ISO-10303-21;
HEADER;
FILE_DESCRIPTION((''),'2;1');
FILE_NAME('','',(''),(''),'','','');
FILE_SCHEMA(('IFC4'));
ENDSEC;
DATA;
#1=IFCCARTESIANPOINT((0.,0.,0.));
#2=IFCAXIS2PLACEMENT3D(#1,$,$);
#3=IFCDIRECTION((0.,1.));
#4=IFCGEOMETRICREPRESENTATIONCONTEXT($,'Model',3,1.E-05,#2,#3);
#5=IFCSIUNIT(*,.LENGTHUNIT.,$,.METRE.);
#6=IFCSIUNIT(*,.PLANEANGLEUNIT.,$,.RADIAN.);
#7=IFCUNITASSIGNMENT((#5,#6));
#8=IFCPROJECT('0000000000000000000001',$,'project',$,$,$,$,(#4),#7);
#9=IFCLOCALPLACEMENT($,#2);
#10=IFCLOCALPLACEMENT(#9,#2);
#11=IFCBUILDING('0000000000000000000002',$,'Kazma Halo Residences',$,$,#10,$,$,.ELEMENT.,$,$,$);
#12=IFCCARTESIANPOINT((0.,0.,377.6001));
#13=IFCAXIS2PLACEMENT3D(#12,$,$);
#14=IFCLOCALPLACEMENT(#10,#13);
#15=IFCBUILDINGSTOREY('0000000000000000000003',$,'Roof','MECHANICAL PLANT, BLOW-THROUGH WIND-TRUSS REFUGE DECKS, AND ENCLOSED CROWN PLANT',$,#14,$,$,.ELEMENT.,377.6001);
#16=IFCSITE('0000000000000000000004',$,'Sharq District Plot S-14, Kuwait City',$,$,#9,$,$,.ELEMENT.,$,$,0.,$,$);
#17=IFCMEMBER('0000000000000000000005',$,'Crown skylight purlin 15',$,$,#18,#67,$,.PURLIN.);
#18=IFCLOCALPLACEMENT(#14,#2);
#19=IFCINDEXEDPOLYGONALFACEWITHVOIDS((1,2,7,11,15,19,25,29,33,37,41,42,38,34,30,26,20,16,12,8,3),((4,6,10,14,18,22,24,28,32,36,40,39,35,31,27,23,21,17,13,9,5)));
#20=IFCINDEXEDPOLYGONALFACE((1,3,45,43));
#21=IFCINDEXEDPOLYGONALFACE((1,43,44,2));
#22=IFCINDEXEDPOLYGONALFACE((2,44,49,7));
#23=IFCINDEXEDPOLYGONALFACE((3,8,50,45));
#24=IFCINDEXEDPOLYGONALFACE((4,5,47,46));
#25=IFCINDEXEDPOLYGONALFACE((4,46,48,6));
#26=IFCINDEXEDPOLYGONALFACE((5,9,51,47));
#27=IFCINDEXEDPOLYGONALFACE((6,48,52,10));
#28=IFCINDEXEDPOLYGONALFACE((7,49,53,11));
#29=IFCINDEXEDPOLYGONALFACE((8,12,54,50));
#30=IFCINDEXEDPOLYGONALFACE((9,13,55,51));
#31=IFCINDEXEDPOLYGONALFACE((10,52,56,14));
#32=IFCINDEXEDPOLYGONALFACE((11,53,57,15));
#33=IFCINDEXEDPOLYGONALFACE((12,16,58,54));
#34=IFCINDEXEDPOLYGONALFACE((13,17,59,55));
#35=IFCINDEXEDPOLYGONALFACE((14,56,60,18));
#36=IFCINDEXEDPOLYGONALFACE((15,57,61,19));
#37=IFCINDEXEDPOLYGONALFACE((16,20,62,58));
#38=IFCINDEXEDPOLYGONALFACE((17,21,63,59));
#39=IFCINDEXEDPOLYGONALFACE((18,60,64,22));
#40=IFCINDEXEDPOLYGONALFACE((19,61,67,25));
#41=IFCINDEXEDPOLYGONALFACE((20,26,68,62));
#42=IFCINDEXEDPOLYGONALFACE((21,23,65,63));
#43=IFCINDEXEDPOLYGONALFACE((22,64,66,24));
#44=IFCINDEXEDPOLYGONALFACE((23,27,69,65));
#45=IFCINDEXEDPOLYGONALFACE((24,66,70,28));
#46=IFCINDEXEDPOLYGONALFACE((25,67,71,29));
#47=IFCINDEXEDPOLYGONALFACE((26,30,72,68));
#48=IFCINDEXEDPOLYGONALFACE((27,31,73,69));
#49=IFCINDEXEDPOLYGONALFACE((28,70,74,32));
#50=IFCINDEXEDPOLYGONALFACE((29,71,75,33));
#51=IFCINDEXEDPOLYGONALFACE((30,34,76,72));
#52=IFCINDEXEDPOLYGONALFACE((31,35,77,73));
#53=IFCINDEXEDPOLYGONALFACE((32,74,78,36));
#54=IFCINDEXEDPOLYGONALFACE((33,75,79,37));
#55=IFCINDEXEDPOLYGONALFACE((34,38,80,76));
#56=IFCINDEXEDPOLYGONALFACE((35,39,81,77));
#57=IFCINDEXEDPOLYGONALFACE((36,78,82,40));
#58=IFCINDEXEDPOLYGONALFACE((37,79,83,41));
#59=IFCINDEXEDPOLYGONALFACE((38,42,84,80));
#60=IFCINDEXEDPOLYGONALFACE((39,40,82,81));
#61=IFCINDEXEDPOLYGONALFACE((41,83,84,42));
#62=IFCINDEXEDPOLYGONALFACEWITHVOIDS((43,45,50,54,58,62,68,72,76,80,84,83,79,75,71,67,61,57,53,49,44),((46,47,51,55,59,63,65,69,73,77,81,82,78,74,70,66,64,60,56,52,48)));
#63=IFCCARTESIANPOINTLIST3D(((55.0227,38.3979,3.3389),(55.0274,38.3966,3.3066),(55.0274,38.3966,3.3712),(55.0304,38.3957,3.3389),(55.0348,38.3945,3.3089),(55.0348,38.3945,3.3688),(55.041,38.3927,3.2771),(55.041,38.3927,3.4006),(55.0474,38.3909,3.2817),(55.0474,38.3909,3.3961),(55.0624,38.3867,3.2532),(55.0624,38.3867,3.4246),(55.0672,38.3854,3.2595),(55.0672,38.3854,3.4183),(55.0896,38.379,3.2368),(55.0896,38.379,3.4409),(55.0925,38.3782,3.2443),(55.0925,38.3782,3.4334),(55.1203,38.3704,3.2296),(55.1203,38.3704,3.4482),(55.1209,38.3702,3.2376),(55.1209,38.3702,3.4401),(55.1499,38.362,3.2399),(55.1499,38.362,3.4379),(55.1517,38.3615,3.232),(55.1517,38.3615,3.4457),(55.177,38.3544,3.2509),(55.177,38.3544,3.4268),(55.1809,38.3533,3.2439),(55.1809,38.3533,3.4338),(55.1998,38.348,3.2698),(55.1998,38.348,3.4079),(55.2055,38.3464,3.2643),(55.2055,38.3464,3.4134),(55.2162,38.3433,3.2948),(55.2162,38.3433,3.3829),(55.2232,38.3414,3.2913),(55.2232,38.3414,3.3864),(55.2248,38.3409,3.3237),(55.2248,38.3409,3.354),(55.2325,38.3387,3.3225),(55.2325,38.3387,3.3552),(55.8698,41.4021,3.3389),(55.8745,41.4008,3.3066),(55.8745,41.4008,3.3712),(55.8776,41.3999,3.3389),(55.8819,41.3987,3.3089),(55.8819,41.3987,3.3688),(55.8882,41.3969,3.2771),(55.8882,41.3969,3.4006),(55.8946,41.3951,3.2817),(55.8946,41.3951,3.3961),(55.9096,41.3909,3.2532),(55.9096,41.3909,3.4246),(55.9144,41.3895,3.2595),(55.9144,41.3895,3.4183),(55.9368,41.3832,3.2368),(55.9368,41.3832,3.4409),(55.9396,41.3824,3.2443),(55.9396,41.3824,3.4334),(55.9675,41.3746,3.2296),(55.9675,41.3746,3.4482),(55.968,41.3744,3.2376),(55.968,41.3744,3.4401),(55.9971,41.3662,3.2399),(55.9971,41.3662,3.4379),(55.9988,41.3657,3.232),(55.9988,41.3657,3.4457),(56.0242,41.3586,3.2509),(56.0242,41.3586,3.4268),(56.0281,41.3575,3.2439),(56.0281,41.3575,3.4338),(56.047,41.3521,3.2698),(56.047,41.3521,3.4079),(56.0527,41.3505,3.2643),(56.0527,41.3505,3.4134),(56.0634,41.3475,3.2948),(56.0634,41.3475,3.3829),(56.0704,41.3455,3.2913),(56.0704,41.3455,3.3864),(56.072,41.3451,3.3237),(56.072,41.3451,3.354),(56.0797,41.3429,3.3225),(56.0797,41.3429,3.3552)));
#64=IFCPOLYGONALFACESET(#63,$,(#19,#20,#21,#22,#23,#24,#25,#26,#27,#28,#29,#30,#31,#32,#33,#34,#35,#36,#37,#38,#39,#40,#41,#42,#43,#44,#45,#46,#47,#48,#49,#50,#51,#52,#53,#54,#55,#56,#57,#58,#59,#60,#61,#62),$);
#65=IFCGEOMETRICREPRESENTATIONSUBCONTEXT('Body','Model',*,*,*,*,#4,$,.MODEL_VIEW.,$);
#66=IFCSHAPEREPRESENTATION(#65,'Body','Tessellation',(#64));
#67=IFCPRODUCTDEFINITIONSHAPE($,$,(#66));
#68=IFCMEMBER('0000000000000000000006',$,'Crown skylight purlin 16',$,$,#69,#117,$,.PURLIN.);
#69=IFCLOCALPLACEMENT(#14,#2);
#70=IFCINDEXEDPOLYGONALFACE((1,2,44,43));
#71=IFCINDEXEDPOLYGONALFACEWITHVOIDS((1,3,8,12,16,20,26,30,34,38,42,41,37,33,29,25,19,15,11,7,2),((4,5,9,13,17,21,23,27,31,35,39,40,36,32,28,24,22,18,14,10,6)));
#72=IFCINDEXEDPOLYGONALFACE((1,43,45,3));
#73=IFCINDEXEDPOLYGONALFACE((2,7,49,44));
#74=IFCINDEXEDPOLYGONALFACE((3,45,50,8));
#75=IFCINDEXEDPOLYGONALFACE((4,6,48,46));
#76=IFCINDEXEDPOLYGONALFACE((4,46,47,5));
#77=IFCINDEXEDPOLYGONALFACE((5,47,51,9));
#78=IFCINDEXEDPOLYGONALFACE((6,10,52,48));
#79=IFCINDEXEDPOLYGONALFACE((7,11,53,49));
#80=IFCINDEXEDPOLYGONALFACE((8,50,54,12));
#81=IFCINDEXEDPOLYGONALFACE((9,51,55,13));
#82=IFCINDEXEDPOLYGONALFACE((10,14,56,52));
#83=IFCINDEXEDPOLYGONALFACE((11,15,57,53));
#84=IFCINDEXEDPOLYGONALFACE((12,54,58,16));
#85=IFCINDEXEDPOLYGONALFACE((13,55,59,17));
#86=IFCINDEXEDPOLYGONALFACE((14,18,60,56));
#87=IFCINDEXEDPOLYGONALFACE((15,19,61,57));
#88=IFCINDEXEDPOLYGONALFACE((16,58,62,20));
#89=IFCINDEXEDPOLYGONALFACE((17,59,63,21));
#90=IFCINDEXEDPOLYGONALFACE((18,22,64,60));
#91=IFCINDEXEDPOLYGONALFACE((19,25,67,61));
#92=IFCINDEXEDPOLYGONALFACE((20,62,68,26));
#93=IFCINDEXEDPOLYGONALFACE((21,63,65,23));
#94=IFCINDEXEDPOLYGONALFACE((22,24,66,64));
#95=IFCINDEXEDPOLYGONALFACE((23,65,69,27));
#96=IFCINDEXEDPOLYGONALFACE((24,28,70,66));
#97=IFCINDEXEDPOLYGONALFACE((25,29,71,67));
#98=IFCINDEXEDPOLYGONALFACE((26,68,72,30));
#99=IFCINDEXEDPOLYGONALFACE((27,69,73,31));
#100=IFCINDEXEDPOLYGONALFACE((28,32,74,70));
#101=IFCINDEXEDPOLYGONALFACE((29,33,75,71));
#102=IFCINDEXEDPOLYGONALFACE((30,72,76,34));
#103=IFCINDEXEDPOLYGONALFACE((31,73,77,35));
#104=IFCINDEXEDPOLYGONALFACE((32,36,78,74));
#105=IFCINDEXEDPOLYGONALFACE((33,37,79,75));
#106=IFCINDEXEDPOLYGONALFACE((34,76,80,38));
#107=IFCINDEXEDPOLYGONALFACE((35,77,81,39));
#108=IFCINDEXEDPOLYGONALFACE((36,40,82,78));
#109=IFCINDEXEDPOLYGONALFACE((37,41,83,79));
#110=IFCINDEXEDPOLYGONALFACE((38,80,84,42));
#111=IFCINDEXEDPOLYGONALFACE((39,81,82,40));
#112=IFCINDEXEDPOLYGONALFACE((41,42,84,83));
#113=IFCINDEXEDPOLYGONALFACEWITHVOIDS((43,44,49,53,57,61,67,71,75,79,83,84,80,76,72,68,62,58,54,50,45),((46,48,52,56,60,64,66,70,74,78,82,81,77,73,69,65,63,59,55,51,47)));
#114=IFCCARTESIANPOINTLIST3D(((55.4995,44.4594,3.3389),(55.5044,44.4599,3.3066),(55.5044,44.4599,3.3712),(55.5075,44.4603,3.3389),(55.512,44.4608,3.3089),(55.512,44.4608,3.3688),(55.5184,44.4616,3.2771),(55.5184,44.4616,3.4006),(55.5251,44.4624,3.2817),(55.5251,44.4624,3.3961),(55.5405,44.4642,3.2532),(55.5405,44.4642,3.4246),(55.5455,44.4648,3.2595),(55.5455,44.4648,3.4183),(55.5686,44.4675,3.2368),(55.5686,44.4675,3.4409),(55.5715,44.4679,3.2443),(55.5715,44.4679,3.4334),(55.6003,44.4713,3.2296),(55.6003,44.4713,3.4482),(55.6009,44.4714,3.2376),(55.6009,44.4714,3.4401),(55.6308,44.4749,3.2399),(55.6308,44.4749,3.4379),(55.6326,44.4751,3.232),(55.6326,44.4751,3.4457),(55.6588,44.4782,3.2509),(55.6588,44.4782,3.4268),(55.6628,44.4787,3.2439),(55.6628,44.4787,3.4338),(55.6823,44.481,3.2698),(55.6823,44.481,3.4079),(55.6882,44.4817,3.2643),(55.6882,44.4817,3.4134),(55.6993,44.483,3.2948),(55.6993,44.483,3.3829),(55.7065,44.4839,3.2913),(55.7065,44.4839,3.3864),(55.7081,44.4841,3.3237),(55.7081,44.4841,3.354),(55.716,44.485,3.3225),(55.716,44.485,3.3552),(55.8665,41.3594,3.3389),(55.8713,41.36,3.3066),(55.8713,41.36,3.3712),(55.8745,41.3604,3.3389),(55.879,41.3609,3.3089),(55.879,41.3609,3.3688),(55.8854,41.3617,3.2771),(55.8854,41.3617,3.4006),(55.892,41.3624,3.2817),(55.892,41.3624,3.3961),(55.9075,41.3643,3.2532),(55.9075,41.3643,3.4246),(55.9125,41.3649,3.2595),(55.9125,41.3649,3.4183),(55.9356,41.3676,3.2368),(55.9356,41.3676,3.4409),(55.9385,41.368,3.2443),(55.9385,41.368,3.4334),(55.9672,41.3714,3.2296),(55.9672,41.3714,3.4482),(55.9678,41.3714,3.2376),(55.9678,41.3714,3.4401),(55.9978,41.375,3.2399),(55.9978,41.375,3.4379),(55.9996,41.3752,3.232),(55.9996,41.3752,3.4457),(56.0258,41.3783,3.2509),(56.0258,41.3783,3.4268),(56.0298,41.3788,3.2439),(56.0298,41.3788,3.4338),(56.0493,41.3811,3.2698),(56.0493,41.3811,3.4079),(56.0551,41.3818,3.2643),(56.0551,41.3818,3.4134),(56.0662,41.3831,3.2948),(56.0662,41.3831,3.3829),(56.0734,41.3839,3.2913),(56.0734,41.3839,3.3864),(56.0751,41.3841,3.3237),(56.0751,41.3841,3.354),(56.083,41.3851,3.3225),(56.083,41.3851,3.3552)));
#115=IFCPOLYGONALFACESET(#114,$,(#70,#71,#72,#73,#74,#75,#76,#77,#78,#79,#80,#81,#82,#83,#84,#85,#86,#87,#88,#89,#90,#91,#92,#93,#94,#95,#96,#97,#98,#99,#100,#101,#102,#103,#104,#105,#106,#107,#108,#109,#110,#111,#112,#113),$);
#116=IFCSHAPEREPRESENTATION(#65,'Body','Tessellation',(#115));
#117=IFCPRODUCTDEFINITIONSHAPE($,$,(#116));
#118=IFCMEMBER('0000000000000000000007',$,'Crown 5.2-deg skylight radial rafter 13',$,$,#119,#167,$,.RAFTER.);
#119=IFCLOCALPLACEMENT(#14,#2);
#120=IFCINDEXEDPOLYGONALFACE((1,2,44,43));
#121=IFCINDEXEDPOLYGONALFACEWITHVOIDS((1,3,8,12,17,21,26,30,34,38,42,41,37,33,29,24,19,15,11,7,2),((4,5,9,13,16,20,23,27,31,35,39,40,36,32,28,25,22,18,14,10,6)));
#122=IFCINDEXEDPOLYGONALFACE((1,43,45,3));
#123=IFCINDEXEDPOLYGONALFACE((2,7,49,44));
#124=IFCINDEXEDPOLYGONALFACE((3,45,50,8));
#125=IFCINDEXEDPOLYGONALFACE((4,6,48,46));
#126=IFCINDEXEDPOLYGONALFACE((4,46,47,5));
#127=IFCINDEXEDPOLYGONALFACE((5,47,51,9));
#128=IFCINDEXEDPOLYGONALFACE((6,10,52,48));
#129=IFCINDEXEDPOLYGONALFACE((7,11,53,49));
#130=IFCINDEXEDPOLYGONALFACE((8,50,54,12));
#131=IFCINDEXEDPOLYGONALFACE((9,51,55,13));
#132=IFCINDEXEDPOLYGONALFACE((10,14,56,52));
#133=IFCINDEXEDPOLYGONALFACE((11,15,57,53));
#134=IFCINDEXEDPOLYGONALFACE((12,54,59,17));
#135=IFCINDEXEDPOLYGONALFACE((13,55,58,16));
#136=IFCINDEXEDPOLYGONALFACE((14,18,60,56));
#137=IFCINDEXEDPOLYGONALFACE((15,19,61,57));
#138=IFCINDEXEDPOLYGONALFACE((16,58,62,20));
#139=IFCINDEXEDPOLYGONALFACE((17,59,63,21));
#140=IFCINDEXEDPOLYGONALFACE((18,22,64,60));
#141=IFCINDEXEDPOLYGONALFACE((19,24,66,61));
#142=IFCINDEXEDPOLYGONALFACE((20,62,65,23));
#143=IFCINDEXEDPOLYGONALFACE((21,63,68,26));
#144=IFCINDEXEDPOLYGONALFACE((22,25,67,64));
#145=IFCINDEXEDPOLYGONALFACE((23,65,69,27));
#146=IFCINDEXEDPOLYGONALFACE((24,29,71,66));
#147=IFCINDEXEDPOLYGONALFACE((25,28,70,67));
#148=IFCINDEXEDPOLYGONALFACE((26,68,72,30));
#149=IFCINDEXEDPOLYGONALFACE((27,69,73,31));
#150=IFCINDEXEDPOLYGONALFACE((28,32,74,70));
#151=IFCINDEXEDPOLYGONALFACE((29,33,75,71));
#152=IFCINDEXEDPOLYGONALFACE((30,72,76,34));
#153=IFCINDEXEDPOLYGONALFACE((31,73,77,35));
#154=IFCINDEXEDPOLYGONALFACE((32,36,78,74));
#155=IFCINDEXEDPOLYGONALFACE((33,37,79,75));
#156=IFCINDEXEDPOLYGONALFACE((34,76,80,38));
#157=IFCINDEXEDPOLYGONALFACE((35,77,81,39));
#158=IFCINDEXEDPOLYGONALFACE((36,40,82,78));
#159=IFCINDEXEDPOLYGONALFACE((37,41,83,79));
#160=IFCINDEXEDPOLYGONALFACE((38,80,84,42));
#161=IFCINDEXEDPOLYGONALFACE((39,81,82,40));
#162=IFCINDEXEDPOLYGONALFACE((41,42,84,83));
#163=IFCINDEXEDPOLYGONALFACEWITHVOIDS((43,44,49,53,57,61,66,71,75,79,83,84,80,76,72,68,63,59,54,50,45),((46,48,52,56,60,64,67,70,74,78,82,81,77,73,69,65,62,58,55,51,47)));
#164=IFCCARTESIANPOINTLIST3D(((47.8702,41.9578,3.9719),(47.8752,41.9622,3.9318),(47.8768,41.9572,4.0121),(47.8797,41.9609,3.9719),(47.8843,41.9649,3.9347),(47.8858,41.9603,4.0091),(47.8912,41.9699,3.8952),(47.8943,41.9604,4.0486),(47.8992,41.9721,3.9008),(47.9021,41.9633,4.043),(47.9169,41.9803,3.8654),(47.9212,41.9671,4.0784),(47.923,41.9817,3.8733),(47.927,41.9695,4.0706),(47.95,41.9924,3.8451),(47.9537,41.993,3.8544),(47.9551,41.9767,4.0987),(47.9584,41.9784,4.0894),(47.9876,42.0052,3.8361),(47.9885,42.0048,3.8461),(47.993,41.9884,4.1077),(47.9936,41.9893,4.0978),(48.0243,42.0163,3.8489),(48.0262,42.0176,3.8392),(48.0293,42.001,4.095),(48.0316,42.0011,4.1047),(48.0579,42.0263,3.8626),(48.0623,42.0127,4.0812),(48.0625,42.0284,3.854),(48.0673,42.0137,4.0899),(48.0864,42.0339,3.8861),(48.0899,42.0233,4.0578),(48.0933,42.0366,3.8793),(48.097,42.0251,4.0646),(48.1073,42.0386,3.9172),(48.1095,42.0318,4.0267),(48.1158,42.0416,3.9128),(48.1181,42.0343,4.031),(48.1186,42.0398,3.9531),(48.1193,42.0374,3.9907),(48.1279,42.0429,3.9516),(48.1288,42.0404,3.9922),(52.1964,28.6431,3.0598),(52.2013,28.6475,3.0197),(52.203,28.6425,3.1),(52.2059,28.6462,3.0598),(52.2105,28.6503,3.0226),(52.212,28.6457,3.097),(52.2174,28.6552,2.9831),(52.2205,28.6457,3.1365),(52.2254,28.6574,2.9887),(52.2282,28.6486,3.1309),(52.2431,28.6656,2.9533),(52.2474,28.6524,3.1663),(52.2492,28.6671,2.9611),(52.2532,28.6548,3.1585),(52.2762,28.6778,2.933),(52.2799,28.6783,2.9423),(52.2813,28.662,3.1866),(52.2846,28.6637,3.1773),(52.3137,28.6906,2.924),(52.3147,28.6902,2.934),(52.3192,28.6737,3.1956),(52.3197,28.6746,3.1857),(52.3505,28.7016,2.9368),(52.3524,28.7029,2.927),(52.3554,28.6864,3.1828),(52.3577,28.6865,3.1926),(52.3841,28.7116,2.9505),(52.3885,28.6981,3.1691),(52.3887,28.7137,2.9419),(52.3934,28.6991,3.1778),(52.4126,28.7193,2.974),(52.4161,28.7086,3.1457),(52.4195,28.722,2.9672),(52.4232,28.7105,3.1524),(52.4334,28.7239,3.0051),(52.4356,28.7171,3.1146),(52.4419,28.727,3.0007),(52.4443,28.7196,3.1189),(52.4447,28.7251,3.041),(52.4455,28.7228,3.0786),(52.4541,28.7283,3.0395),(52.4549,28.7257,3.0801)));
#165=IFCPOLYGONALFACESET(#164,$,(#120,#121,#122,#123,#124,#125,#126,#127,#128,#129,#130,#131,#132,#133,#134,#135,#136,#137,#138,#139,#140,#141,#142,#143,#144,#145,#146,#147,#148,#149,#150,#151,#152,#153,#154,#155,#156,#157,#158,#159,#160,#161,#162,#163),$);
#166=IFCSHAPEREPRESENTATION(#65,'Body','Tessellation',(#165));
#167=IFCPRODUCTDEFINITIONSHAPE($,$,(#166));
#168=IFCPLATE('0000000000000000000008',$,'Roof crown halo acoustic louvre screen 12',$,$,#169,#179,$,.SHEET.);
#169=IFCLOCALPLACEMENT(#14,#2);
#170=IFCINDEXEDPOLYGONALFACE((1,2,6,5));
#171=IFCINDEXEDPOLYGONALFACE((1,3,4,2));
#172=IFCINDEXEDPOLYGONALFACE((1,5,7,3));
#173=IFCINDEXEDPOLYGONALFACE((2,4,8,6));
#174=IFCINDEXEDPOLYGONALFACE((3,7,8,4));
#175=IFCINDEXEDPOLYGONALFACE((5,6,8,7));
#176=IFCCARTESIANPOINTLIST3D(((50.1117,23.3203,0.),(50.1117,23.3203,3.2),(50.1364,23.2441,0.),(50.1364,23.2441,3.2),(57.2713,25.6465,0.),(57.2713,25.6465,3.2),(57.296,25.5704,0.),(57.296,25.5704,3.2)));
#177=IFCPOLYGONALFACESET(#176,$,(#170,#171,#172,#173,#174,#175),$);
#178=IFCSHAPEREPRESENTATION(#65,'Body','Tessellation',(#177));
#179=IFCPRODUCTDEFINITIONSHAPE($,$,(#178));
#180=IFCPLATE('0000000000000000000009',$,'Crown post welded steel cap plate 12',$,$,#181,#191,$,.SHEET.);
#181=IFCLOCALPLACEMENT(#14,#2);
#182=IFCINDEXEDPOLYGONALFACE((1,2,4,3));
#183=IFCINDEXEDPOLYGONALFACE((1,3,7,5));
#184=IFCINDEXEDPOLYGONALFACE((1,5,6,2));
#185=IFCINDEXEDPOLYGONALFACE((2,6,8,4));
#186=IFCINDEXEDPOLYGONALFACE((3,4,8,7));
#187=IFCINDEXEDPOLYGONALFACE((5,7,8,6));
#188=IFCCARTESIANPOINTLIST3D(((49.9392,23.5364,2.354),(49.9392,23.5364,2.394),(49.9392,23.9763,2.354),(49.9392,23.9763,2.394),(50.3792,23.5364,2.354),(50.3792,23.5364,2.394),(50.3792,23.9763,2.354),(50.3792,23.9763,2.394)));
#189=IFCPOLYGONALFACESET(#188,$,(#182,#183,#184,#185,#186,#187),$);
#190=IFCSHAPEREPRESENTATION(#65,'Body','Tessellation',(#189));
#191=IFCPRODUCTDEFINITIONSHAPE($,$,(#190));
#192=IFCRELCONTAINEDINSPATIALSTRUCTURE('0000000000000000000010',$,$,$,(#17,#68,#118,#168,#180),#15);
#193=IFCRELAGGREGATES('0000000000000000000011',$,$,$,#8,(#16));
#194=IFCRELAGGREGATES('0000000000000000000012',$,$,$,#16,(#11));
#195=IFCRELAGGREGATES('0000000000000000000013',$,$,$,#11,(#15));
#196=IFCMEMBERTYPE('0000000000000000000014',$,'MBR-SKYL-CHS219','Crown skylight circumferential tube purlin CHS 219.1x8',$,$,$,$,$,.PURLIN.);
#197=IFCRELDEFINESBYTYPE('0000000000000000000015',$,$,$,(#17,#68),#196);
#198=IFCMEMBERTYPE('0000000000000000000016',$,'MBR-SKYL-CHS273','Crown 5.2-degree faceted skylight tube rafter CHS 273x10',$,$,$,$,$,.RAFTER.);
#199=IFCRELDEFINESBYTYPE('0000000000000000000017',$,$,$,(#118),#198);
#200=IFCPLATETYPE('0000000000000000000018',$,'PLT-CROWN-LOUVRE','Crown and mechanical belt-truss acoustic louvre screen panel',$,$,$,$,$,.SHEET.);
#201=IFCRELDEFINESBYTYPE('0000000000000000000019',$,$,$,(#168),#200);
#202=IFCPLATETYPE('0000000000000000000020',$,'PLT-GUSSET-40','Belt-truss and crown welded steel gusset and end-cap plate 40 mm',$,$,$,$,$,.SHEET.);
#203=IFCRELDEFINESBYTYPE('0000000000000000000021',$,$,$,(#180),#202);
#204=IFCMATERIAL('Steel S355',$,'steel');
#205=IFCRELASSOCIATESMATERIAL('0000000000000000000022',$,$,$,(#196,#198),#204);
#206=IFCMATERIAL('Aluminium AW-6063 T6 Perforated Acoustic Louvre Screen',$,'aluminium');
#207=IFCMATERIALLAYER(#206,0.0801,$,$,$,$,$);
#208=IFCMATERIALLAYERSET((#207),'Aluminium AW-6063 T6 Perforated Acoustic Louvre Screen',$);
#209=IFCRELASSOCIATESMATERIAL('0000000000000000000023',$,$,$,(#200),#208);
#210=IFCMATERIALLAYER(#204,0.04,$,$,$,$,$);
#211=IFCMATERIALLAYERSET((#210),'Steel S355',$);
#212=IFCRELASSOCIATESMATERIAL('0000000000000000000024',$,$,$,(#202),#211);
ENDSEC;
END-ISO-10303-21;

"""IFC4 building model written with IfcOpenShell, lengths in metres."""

from ifc_helpers import new_model, si_unit, direction, frame, origin, origin_2d, place, context, subcontext, project, spatial, rectangle, hollow_circle, extrude, material, layer, layer_set, material_profile, profile_set, type_object, element, save


model = new_model("IFC4")

# Units and contexts
model_context = context("Model", 3, precision=1e-05, world=origin(), true_north=direction((0.0, 1.0)))
body_context = subcontext(model_context, "Body", "Model", "MODEL_VIEW")
ifc_project = project(units=[si_unit("LENGTHUNIT", "METRE"), si_unit("PLANEANGLEUNIT", "RADIAN")], contexts=[model_context])

# Site, building, storey
site_placement = place(None, origin())
site = spatial("IfcSite", under=ifc_project, at=site_placement, Name="Sharq District Plot S-14, Kuwait City", CompositionType="ELEMENT", RefElevation=0.0)
building_placement = place(site_placement, origin())
building = spatial("IfcBuilding", under=site, at=building_placement, Name="Kazma Halo Residences", CompositionType="ELEMENT")
storey_placement = place(building_placement, frame((0.0, 0.0, 377.6001)))
storey = spatial("IfcBuildingStorey", under=building, at=storey_placement, Name="Roof", Description="MECHANICAL PLANT, BLOW-THROUGH WIND-TRUSS REFUGE DECKS, AND ENCLOSED CROWN PLANT", CompositionType="ELEMENT", Elevation=377.6001)

# Shared definitions
ifc_material_1 = material(Name="Steel S355", Category="steel")

# Members
ifc_material_profile_1 = material_profile(ifc_material_1, hollow_circle(Radius=0.1096, WallThickness=0.0081, at=origin_2d()), Name="CHS219.1x8")
ifc_profile_set_1 = profile_set([ifc_material_profile_1], Name="Steel S355")
member_type_1 = type_object("IfcMemberType", Name="MBR-SKYL-CHS219", Description="Crown skylight circumferential tube purlin CHS 219.1x8", PredefinedType="PURLIN", material=ifc_profile_set_1)
member_1_placement = place(storey_placement, frame((55.1282, 38.3682, 3.3389), z_axis=(0.271414, 0.962463, 0.0), x_axis=(-0.962463, 0.271414, 0.0)))
element("IfcMember", 1, at=member_1_placement, inside=storey, type_object=member_type_1, Name="Crown skylight purlin 15", PredefinedType="PURLIN", context=body_context, shape_type="SweptSolid", body=[
    extrude(hollow_circle(Radius=0.1096, WallThickness=0.0081, at=origin_2d()), origin(), (0.0, 0.0, 1.0), 3.1213),
])
member_2_placement = place(storey_placement, frame((55.9753, 41.3723, 3.3389), z_axis=(-0.117554, 0.993067, 0.0), x_axis=(-0.993067, -0.117554, 0.0)))
element("IfcMember", 2, at=member_2_placement, inside=storey, type_object=member_type_1, Name="Crown skylight purlin 16", PredefinedType="PURLIN", context=body_context, shape_type="SweptSolid", body=[
    extrude(hollow_circle(Radius=0.1096, WallThickness=0.0081, at=origin_2d()), origin(), (0.0, 0.0, 1.0), 3.1216),
])
ifc_material_profile_2 = material_profile(ifc_material_1, hollow_circle(Radius=0.1365, WallThickness=0.01, at=origin_2d()), Name="CHS273x10")
ifc_profile_set_2 = profile_set([ifc_material_profile_2], Name="Steel S355")
member_type_2 = type_object("IfcMemberType", Name="MBR-SKYL-CHS273", Description="Crown 5.2-degree faceted skylight tube rafter CHS 273x10", PredefinedType="RAFTER", material=ifc_profile_set_2)
member_3_placement = place(storey_placement, frame((52.3262, 28.6853, 3.0598), z_axis=(-0.308361, 0.949045, 0.065013), x_axis=(-0.951057, -0.309015, 0.0)))
element("IfcMember", 3, at=member_3_placement, inside=storey, type_object=member_type_2, Name="Crown 5.2-deg skylight radial rafter 13", PredefinedType="RAFTER", context=body_context, shape_type="SweptSolid", body=[
    extrude(hollow_circle(Radius=0.1365, WallThickness=0.01, at=origin_2d()), origin(), (0.0, 0.0, 1.0), 14.0295),
])

# Plates
ifc_material_2 = material(Name="Aluminium AW-6063 T6 Perforated Acoustic Louvre Screen", Category="aluminium")
ifc_layer_1 = layer(ifc_material_2, 0.0801)
ifc_layer_set_1 = layer_set([ifc_layer_1], Name="Aluminium AW-6063 T6 Perforated Acoustic Louvre Screen")
plate_type_1 = type_object("IfcPlateType", Name="PLT-CROWN-LOUVRE", Description="Crown and mechanical belt-truss acoustic louvre screen panel", PredefinedType="SHEET", material=ifc_layer_set_1)
plate_1_placement = place(storey_placement, frame((53.7039, 24.4453, 0.0), z_axis=(0.0, 0.0, 1.0), x_axis=(0.951058, 0.309012, 0.0)))
element("IfcPlate", 4, at=plate_1_placement, inside=storey, type_object=plate_type_1, Name="Roof crown halo acoustic louvre screen 12", PredefinedType="SHEET", context=body_context, shape_type="SweptSolid", body=[
    extrude(rectangle(XDim=7.5281, YDim=0.0801, at=origin_2d()), origin(), (0.0, 0.0, 1.0), 3.2),
])
ifc_layer_2 = layer(ifc_material_1, 0.04)
ifc_layer_set_2 = layer_set([ifc_layer_2], Name="Steel S355")
plate_type_2 = type_object("IfcPlateType", Name="PLT-GUSSET-40", Description="Belt-truss and crown welded steel gusset and end-cap plate 40 mm", PredefinedType="SHEET", material=ifc_layer_set_2)
plate_2_placement = place(storey_placement, frame((50.1592, 23.7563, 2.354), z_axis=(0.0, 0.0, 1.0), x_axis=(1.0, 0.0, 0.0)))
element("IfcPlate", 5, at=plate_2_placement, inside=storey, type_object=plate_type_2, Name="Crown post welded steel cap plate 12", PredefinedType="SHEET", context=body_context, shape_type="SweptSolid", body=[
    extrude(rectangle(XDim=0.4399, YDim=0.4399, at=origin_2d()), origin(), (0.0, 0.0, 1.0), 0.04),
])

save(model, "model.ifc")
